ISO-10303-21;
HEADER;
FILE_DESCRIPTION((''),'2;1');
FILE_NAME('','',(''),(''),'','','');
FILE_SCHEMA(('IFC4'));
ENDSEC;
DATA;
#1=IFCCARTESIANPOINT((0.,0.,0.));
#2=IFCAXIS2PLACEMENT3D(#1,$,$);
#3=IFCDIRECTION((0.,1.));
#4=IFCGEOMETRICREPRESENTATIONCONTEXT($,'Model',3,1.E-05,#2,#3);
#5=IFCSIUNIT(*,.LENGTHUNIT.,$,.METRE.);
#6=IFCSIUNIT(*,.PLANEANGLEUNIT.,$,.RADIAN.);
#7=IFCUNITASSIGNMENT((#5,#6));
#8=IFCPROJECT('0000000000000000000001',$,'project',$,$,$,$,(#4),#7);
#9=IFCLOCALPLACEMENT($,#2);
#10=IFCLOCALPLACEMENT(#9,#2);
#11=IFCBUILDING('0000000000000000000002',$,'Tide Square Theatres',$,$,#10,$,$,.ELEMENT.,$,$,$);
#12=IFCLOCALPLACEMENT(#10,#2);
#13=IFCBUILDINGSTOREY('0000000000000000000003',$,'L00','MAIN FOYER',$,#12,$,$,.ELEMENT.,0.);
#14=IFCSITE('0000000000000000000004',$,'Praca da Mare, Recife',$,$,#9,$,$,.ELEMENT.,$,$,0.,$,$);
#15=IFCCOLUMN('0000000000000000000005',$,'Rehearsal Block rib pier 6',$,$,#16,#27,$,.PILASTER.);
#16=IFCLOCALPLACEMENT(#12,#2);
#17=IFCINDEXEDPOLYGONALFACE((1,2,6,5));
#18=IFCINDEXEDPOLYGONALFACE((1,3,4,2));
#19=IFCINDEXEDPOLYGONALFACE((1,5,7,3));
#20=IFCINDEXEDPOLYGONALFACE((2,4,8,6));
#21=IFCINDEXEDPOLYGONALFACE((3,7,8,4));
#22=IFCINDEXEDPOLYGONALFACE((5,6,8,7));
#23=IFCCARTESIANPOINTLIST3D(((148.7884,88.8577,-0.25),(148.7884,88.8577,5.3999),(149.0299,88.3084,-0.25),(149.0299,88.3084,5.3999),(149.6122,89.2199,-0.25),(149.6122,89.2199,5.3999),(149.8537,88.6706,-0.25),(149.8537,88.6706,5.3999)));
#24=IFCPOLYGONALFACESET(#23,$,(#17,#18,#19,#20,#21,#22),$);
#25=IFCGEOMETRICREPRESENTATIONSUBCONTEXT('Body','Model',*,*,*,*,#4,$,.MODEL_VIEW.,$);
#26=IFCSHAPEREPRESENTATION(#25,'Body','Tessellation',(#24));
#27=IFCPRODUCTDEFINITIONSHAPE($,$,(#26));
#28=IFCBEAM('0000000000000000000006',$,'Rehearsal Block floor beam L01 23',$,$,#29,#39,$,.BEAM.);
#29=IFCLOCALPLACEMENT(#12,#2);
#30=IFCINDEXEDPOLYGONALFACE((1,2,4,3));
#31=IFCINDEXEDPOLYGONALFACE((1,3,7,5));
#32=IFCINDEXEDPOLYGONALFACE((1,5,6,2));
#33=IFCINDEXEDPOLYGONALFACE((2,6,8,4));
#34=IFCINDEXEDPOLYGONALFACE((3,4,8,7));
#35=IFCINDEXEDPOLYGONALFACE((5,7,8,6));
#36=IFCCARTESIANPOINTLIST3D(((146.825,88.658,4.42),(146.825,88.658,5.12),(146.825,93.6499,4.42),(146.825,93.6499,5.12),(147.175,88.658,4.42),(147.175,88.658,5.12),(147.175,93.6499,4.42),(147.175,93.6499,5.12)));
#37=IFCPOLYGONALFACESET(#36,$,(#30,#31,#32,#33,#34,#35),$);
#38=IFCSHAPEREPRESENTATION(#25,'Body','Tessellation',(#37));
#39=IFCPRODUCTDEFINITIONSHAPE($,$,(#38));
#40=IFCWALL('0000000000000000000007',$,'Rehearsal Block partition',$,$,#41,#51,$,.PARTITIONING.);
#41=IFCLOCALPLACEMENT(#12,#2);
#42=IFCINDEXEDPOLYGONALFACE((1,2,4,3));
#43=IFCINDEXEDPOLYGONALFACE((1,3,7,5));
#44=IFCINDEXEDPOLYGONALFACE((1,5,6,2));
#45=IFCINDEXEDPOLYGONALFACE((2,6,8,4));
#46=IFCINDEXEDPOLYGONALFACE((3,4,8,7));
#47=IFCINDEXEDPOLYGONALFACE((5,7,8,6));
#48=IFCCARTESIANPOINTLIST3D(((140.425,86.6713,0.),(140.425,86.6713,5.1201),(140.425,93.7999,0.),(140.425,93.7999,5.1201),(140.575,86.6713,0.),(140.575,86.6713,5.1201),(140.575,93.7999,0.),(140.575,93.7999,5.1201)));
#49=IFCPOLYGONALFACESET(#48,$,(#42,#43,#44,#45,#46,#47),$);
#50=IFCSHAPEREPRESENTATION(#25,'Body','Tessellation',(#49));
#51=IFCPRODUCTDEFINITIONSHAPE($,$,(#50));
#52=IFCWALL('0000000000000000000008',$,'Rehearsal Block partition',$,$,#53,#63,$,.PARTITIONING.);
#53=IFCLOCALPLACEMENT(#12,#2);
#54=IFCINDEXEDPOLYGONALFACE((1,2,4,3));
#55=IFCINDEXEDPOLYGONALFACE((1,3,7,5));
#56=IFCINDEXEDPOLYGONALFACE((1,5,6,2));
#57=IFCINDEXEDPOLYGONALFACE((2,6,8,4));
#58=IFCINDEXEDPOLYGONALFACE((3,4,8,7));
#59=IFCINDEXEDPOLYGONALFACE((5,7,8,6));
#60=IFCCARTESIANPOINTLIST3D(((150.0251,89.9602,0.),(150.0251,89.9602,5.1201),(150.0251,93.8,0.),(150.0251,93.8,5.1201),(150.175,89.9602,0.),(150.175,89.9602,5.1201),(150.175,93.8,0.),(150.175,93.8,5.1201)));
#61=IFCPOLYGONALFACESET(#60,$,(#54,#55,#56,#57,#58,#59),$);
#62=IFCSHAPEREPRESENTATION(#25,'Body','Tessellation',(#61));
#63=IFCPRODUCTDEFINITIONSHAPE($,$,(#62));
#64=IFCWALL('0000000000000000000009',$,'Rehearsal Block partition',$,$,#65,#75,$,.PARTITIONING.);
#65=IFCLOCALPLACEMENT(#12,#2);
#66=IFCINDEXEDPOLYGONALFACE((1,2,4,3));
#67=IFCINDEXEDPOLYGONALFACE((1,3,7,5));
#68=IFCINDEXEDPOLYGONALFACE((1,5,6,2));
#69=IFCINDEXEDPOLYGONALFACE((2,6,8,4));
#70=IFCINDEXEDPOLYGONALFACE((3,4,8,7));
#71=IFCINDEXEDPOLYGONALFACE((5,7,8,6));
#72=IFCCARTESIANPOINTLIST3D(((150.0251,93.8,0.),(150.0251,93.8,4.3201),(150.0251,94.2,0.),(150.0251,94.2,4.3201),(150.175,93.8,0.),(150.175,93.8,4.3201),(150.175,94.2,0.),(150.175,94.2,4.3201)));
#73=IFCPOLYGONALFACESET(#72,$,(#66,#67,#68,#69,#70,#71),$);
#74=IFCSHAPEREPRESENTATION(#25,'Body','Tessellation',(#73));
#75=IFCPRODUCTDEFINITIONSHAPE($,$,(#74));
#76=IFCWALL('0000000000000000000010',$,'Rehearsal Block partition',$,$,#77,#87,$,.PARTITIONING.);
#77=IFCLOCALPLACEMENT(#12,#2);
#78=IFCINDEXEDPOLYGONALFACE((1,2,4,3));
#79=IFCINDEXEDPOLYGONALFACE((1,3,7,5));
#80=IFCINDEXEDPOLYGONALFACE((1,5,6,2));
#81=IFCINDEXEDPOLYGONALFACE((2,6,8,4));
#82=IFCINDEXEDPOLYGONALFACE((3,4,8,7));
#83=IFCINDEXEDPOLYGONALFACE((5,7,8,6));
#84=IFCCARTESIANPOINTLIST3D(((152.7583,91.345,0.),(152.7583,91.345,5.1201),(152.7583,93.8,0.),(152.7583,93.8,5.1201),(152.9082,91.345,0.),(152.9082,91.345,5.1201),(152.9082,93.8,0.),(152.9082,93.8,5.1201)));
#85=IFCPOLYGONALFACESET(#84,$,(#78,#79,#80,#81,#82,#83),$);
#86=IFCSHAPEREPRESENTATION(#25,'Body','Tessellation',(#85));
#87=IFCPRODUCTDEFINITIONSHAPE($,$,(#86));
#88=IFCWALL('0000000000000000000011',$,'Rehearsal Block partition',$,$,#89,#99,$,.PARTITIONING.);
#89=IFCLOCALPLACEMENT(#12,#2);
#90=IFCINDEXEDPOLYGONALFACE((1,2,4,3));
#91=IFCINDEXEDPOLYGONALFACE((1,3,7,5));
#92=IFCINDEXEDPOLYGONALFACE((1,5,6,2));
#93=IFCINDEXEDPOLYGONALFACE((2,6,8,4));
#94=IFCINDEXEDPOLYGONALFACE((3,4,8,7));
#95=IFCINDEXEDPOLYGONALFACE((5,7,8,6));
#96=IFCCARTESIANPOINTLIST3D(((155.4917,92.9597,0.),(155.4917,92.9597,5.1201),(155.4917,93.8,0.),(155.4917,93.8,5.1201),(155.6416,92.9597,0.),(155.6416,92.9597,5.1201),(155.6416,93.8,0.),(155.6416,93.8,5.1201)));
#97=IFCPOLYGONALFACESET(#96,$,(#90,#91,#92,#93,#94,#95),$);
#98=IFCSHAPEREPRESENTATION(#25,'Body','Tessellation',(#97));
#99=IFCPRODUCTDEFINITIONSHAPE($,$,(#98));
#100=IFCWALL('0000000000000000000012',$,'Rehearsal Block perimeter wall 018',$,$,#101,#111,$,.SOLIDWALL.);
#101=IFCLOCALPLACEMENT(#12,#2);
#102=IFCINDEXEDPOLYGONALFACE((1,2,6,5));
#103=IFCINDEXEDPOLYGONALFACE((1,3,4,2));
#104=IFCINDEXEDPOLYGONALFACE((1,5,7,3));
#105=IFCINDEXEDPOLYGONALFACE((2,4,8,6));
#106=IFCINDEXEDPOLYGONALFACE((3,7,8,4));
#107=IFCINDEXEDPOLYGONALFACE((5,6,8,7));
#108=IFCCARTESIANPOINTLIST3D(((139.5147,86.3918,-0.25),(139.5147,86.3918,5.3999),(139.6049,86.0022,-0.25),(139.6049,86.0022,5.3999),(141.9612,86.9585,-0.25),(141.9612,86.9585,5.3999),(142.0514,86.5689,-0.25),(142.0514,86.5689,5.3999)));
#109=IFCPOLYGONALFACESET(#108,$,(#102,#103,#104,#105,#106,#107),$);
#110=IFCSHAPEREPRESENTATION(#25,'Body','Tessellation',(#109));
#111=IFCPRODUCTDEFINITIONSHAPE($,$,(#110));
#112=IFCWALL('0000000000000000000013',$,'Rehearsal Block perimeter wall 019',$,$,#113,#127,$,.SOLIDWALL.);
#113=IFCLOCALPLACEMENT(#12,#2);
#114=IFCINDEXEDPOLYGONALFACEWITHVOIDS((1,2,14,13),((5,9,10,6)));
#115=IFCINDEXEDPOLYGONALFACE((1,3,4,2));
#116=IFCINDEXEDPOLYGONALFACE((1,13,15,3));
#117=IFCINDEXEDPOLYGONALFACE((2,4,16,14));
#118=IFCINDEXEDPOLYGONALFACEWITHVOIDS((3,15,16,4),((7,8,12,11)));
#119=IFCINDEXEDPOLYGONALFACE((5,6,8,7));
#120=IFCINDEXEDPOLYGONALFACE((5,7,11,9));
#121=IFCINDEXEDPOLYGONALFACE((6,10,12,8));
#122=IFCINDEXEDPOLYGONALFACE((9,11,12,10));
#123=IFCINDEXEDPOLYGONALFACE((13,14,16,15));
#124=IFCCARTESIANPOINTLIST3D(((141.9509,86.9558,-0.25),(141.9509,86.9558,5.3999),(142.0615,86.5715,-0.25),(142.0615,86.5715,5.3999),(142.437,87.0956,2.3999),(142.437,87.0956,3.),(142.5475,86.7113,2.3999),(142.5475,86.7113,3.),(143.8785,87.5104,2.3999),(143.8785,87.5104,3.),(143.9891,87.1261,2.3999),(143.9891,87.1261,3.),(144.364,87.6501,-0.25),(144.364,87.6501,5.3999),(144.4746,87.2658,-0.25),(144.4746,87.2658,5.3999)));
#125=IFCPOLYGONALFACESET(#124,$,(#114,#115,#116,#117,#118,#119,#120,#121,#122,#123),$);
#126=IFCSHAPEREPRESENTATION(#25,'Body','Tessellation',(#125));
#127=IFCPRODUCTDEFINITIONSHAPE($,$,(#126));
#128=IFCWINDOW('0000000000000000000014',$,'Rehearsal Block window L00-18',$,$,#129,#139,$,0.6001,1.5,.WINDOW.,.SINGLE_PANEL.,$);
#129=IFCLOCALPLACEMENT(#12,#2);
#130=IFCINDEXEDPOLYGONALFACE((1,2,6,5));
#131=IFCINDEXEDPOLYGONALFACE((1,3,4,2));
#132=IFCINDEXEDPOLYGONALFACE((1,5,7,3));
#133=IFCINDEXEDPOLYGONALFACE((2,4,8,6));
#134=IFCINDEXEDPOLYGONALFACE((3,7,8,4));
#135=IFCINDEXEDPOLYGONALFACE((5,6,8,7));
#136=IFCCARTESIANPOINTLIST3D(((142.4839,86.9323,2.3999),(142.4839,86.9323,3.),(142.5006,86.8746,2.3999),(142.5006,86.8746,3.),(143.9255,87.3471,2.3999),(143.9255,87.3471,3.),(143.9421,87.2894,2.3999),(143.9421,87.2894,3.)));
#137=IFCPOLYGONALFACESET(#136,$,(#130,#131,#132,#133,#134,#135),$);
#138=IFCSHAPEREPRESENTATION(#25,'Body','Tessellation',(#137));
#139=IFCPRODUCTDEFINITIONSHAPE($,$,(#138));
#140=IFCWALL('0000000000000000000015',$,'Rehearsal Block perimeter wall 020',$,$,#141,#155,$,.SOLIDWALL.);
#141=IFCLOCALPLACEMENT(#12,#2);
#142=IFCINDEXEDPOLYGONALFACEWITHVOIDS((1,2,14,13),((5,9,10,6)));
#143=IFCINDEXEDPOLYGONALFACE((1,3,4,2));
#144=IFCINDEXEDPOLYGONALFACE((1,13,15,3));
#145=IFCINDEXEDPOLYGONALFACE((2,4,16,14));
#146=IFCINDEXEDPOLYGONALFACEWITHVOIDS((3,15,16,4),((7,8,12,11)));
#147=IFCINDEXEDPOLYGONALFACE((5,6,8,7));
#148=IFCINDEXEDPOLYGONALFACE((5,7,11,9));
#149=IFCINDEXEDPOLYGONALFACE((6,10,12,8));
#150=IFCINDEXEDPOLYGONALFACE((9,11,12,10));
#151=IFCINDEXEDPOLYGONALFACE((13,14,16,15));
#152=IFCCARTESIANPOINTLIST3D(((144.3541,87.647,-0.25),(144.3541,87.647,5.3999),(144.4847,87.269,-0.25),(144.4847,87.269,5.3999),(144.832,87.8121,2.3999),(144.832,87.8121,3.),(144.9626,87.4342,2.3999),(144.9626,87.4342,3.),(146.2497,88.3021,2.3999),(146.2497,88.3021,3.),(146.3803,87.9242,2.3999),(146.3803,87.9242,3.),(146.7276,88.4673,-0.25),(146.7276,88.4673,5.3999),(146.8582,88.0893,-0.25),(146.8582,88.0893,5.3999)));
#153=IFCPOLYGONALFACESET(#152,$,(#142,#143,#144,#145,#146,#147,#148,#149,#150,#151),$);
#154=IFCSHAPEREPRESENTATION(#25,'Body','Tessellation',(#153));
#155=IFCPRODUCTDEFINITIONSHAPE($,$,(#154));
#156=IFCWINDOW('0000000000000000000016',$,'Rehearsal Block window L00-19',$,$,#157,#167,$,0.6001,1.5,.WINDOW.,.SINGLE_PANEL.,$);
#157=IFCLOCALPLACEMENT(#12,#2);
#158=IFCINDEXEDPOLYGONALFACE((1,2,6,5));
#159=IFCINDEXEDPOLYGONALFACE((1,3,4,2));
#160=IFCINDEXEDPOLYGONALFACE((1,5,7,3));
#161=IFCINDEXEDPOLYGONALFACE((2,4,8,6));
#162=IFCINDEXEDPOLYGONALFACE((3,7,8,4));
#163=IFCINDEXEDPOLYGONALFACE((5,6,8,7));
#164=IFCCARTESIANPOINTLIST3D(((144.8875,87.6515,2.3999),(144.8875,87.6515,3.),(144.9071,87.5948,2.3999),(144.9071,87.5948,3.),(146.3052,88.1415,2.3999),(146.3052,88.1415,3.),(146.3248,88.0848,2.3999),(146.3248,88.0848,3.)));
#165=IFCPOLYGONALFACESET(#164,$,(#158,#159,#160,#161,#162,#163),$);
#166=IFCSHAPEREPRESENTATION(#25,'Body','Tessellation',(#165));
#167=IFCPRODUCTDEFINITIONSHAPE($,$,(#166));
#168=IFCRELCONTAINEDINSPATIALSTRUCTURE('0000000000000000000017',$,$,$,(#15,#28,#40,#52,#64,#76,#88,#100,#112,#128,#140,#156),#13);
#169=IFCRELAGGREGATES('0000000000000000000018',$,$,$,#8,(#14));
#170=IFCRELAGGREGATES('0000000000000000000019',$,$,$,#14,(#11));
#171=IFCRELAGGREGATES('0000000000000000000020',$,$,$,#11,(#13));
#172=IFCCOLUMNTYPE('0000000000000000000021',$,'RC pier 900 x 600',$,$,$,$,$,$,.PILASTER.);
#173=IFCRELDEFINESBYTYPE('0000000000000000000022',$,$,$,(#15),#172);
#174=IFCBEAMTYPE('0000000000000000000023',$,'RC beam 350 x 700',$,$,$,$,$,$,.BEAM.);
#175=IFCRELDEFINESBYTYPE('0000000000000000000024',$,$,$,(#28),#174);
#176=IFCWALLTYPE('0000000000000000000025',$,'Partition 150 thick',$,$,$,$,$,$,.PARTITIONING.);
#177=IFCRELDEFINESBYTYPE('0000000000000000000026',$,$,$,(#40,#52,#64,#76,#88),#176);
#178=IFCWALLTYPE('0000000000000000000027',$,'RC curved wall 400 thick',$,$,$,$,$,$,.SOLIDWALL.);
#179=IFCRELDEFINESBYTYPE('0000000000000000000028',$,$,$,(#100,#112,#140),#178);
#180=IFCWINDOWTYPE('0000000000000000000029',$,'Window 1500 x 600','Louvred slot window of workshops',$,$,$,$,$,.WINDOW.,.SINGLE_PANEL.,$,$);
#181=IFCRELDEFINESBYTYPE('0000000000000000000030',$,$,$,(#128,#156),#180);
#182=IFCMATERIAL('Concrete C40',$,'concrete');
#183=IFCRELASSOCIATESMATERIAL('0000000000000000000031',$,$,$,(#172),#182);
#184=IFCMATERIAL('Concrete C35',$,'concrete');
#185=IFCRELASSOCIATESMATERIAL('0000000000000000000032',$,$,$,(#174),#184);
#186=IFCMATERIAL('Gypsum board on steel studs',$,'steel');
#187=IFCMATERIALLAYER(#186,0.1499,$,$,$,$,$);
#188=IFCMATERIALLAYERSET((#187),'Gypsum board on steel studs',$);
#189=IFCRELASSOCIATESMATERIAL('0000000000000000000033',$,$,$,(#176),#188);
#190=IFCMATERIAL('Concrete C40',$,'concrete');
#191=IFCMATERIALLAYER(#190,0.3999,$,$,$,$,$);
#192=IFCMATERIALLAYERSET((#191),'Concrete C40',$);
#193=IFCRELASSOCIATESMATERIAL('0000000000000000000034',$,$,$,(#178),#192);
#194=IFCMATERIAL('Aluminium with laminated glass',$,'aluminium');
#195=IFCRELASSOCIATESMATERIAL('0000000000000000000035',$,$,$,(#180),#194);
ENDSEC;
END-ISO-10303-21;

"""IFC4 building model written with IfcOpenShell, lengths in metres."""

from ifc_helpers import new_model, si_unit, direction, frame, frame_2d, origin, origin_2d, place, context, subcontext, project, spatial, rectangle, extrude, material, layer, layer_set, material_profile, profile_set, type_object, element, fill, save


model = new_model("IFC4")

# Units and contexts
model_context = context("Model", 3, precision=1e-05, world=origin(), true_north=direction((0.0, 1.0)))
body_context = subcontext(model_context, "Body", "Model", "MODEL_VIEW")
ifc_project = project(units=[si_unit("LENGTHUNIT", "METRE"), si_unit("PLANEANGLEUNIT", "RADIAN")], contexts=[model_context])

# Site, building, storey
site_placement = place(None, origin())
site = spatial("IfcSite", under=ifc_project, at=site_placement, Name="Praca da Mare, Recife", CompositionType="ELEMENT", RefElevation=0.0)
building_placement = place(site_placement, origin())
building = spatial("IfcBuilding", under=site, at=building_placement, Name="Tide Square Theatres", CompositionType="ELEMENT")
storey_placement = place(building_placement, origin())
storey = spatial("IfcBuildingStorey", under=building, at=storey_placement, Name="L00", Description="MAIN FOYER", CompositionType="ELEMENT", Elevation=0.0)

# Column
ifc_material_1 = material(Name="Concrete C40", Category="concrete")
ifc_material_profile_1 = material_profile(ifc_material_1, rectangle(XDim=0.8999, YDim=0.6001, at=origin_2d()))
ifc_profile_set_1 = profile_set([ifc_material_profile_1], Name="Concrete C40")
column_type = type_object("IfcColumnType", Name="RC pier 900 x 600", PredefinedType="PILASTER", material=ifc_profile_set_1)
for number, where, z_axis, x_axis, name in (
    (1, (149.321, 88.7642, -0.25), (0.0, 0.0, 1.0), (0.915419, 0.402502, 0.0), "Rehearsal Block rib pier 6"),
):
    element("IfcColumn", number, at=place(storey_placement, frame(where, z_axis=z_axis, x_axis=x_axis)), inside=storey, type_object=column_type, Name=name, PredefinedType="PILASTER", context=body_context, shape_type="SweptSolid", body=[
        extrude(rectangle(XDim=0.8999, YDim=0.6001, at=origin_2d()), origin(), (0.0, 0.0, 1.0), 5.6499),
    ])

# Beam
ifc_material_2 = material(Name="Concrete C35", Category="concrete")
ifc_material_profile_2 = material_profile(ifc_material_2, rectangle(XDim=0.3501, YDim=0.7, at=origin_2d()))
ifc_profile_set_2 = profile_set([ifc_material_profile_2], Name="Concrete C35")
beam_type = type_object("IfcBeamType", Name="RC beam 350 x 700", PredefinedType="BEAM", material=ifc_profile_set_2)
beam_placement = place(storey_placement, frame((147.0, 88.658, 4.77), z_axis=(0.0, 1.0, 0.0), x_axis=(-1.0, 0.0, 0.0)))
element("IfcBeam", 2, at=beam_placement, inside=storey, type_object=beam_type, Name="Rehearsal Block floor beam L01 23", PredefinedType="BEAM", context=body_context, shape_type="SweptSolid", body=[
    extrude(rectangle(XDim=0.3501, YDim=0.7, at=origin_2d()), origin(), (0.0, 0.0, 1.0), 4.9919),
])

# Walls
ifc_material_3 = material(Name="Gypsum board on steel studs", Category="steel")
ifc_layer_1 = layer(ifc_material_3, 0.1499)
ifc_layer_set_1 = layer_set([ifc_layer_1], Name="Gypsum board on steel studs")
wall_type_1 = type_object("IfcWallType", Name="Partition 150 thick", PredefinedType="PARTITIONING", material=ifc_layer_set_1)
wall_1_placement = place(storey_placement, frame((140.5, 93.8, 0.0), z_axis=(0.0, 0.0, 1.0), x_axis=(0.0, -1.0, 0.0)))
element("IfcWall", 3, at=wall_1_placement, inside=storey, type_object=wall_type_1, Name="Rehearsal Block partition", PredefinedType="PARTITIONING", context=body_context, shape_type="SweptSolid", body=[
    extrude(rectangle(XDim=7.1287, YDim=0.1499, at=frame_2d((3.5645, 0.0))), origin(), (0.0, 0.0, 1.0), 5.1201),
])
wall_2_placement = place(storey_placement, frame((150.1001, 89.9602, 0.0), z_axis=(0.0, 0.0, 1.0), x_axis=(0.0, 1.0, 0.0)))
element("IfcWall", 4, at=wall_2_placement, inside=storey, type_object=wall_type_1, Name="Rehearsal Block partition", PredefinedType="PARTITIONING", context=body_context, shape_type="SweptSolid", body=[
    extrude(rectangle(XDim=3.8398, YDim=0.1499, at=frame_2d((1.9199, 0.0))), origin(), (0.0, 0.0, 1.0), 5.1201),
])
wall_3_placement = place(storey_placement, frame((150.1001, 93.8, 0.0), z_axis=(0.0, 0.0, 1.0), x_axis=(0.0, 1.0, 0.0)))
element("IfcWall", 5, at=wall_3_placement, inside=storey, type_object=wall_type_1, Name="Rehearsal Block partition", PredefinedType="PARTITIONING", context=body_context, shape_type="SweptSolid", body=[
    extrude(rectangle(XDim=0.3999, YDim=0.1499, at=frame_2d((0.2, 0.0))), origin(), (0.0, 0.0, 1.0), 4.3201),
])
wall_4_placement = place(storey_placement, frame((152.8333, 93.8, 0.0), z_axis=(0.0, 0.0, 1.0), x_axis=(0.0, -1.0, 0.0)))
element("IfcWall", 6, at=wall_4_placement, inside=storey, type_object=wall_type_1, Name="Rehearsal Block partition", PredefinedType="PARTITIONING", context=body_context, shape_type="SweptSolid", body=[
    extrude(rectangle(XDim=2.4551, YDim=0.1499, at=frame_2d((1.2275, 0.0))), origin(), (0.0, 0.0, 1.0), 5.1201),
])
wall_5_placement = place(storey_placement, frame((155.5667, 93.8, 0.0), z_axis=(0.0, 0.0, 1.0), x_axis=(0.0, -1.0, 0.0)))
element("IfcWall", 7, at=wall_5_placement, inside=storey, type_object=wall_type_1, Name="Rehearsal Block partition", PredefinedType="PARTITIONING", context=body_context, shape_type="SweptSolid", body=[
    extrude(rectangle(XDim=0.8403, YDim=0.1499, at=frame_2d((0.4202, 0.0))), origin(), (0.0, 0.0, 1.0), 5.1201),
])
ifc_material_4 = material(Name="Concrete C40", Category="concrete")
ifc_layer_2 = layer(ifc_material_4, 0.3999)
ifc_layer_set_2 = layer_set([ifc_layer_2], Name="Concrete C40")
wall_type_2 = type_object("IfcWallType", Name="RC curved wall 400 thick", PredefinedType="SOLIDWALL", material=ifc_layer_set_2)
wall_6_placement = place(storey_placement, frame((139.5598, 86.197, -0.25), z_axis=(0.0, 0.0, 1.0), x_axis=(0.974211, 0.22564, 0.0)))
element("IfcWall", 8, at=wall_6_placement, inside=storey, type_object=wall_type_2, Name="Rehearsal Block perimeter wall 018", PredefinedType="SOLIDWALL", context=body_context, shape_type="SweptSolid", body=[
    extrude(rectangle(XDim=2.5112, YDim=0.3999, at=frame_2d((1.2556, 0.0))), origin(), (0.0, 0.0, 1.0), 5.6499),
])

# Walls, openings, windows
wall_7_placement = place(storey_placement, frame((142.0063, 86.7637, -0.25), z_axis=(0.0, 0.0, 1.0), x_axis=(0.961009, 0.276518, 0.0)))
wall_7 = element("IfcWall", 9, at=wall_7_placement, inside=storey, type_object=wall_type_2, Name="Rehearsal Block perimeter wall 019", PredefinedType="SOLIDWALL", context=body_context, shape_type="SweptSolid", body=[
    extrude(rectangle(XDim=2.511, YDim=0.3999, at=frame_2d((1.2554, 0.0))), origin(), (0.0, 0.0, 1.0), 5.6499),
])
opening_1_placement = place(wall_7_placement, frame((0.5056, 0.0, 2.6499)))
opening_1 = element("IfcOpeningElement", 10, at=opening_1_placement, cuts=wall_7, PredefinedType="OPENING", context=body_context, shape_type="SweptSolid", body=[
    extrude(rectangle(XDim=1.5, YDim=0.6001, at=frame_2d((0.75, 0.3))), frame((0.0, 0.21, 0.0), z_axis=(0.0, -1.0, 0.0), x_axis=(1.0, 0.0, 0.0)), (0.0, 0.0, 1.0), 0.4199),
])
ifc_material_5 = material(Name="Aluminium with laminated glass", Category="aluminium")
window_type_1 = type_object("IfcWindowType", Name="Window 1500 x 600", Description="Louvred slot window of workshops", PartitioningType="SINGLE_PANEL", PredefinedType="WINDOW", material=ifc_material_5)
window_1_placement = place(opening_1_placement, origin())
window_1 = element("IfcWindow", 11, at=window_1_placement, inside=storey, type_object=window_type_1, Name="Rehearsal Block window L00-18", OverallHeight=0.6001, OverallWidth=1.5, PartitioningType="SINGLE_PANEL", PredefinedType="WINDOW", context=body_context, shape_type="SweptSolid", body=[
    extrude(rectangle(XDim=1.5, YDim=0.6001, at=frame_2d((0.75, 0.3))), frame((0.0, 0.03, 0.0), z_axis=(0.0, -1.0, 0.0), x_axis=(1.0, 0.0, 0.0)), (0.0, 0.0, 1.0), 0.0601),
])
fill(opening_1, window_1)
wall_8_placement = place(storey_placement, frame((144.4194, 87.458, -0.25), z_axis=(0.0, 0.0, 1.0), x_axis=(0.945145, 0.32665, 0.0)))
wall_8 = element("IfcWall", 12, at=wall_8_placement, inside=storey, type_object=wall_type_2, Name="Rehearsal Block perimeter wall 020", PredefinedType="SOLIDWALL", context=body_context, shape_type="SweptSolid", body=[
    extrude(rectangle(XDim=2.5112, YDim=0.3999, at=frame_2d((1.2556, 0.0))), origin(), (0.0, 0.0, 1.0), 5.6499),
])
opening_2_placement = place(wall_8_placement, frame((0.5056, 0.0, 2.6499)))
opening_2 = element("IfcOpeningElement", 13, at=opening_2_placement, cuts=wall_8, PredefinedType="OPENING", context=body_context, shape_type="SweptSolid", body=[
    extrude(rectangle(XDim=1.5, YDim=0.6001, at=frame_2d((0.75, 0.3))), frame((0.0, 0.21, 0.0), z_axis=(0.0, -1.0, 0.0), x_axis=(1.0, 0.0, 0.0)), (0.0, 0.0, 1.0), 0.4199),
])
window_2_placement = place(opening_2_placement, origin())
window_2 = element("IfcWindow", 14, at=window_2_placement, inside=storey, type_object=window_type_1, Name="Rehearsal Block window L00-19", OverallHeight=0.6001, OverallWidth=1.5, PartitioningType="SINGLE_PANEL", PredefinedType="WINDOW", context=body_context, shape_type="SweptSolid", body=[
    extrude(rectangle(XDim=1.5, YDim=0.6001, at=frame_2d((0.75, 0.3))), frame((0.0, 0.03, 0.0), z_axis=(0.0, -1.0, 0.0), x_axis=(1.0, 0.0, 0.0)), (0.0, 0.0, 1.0), 0.0601),
])
fill(opening_2, window_2)

save(model, "model.ifc")
